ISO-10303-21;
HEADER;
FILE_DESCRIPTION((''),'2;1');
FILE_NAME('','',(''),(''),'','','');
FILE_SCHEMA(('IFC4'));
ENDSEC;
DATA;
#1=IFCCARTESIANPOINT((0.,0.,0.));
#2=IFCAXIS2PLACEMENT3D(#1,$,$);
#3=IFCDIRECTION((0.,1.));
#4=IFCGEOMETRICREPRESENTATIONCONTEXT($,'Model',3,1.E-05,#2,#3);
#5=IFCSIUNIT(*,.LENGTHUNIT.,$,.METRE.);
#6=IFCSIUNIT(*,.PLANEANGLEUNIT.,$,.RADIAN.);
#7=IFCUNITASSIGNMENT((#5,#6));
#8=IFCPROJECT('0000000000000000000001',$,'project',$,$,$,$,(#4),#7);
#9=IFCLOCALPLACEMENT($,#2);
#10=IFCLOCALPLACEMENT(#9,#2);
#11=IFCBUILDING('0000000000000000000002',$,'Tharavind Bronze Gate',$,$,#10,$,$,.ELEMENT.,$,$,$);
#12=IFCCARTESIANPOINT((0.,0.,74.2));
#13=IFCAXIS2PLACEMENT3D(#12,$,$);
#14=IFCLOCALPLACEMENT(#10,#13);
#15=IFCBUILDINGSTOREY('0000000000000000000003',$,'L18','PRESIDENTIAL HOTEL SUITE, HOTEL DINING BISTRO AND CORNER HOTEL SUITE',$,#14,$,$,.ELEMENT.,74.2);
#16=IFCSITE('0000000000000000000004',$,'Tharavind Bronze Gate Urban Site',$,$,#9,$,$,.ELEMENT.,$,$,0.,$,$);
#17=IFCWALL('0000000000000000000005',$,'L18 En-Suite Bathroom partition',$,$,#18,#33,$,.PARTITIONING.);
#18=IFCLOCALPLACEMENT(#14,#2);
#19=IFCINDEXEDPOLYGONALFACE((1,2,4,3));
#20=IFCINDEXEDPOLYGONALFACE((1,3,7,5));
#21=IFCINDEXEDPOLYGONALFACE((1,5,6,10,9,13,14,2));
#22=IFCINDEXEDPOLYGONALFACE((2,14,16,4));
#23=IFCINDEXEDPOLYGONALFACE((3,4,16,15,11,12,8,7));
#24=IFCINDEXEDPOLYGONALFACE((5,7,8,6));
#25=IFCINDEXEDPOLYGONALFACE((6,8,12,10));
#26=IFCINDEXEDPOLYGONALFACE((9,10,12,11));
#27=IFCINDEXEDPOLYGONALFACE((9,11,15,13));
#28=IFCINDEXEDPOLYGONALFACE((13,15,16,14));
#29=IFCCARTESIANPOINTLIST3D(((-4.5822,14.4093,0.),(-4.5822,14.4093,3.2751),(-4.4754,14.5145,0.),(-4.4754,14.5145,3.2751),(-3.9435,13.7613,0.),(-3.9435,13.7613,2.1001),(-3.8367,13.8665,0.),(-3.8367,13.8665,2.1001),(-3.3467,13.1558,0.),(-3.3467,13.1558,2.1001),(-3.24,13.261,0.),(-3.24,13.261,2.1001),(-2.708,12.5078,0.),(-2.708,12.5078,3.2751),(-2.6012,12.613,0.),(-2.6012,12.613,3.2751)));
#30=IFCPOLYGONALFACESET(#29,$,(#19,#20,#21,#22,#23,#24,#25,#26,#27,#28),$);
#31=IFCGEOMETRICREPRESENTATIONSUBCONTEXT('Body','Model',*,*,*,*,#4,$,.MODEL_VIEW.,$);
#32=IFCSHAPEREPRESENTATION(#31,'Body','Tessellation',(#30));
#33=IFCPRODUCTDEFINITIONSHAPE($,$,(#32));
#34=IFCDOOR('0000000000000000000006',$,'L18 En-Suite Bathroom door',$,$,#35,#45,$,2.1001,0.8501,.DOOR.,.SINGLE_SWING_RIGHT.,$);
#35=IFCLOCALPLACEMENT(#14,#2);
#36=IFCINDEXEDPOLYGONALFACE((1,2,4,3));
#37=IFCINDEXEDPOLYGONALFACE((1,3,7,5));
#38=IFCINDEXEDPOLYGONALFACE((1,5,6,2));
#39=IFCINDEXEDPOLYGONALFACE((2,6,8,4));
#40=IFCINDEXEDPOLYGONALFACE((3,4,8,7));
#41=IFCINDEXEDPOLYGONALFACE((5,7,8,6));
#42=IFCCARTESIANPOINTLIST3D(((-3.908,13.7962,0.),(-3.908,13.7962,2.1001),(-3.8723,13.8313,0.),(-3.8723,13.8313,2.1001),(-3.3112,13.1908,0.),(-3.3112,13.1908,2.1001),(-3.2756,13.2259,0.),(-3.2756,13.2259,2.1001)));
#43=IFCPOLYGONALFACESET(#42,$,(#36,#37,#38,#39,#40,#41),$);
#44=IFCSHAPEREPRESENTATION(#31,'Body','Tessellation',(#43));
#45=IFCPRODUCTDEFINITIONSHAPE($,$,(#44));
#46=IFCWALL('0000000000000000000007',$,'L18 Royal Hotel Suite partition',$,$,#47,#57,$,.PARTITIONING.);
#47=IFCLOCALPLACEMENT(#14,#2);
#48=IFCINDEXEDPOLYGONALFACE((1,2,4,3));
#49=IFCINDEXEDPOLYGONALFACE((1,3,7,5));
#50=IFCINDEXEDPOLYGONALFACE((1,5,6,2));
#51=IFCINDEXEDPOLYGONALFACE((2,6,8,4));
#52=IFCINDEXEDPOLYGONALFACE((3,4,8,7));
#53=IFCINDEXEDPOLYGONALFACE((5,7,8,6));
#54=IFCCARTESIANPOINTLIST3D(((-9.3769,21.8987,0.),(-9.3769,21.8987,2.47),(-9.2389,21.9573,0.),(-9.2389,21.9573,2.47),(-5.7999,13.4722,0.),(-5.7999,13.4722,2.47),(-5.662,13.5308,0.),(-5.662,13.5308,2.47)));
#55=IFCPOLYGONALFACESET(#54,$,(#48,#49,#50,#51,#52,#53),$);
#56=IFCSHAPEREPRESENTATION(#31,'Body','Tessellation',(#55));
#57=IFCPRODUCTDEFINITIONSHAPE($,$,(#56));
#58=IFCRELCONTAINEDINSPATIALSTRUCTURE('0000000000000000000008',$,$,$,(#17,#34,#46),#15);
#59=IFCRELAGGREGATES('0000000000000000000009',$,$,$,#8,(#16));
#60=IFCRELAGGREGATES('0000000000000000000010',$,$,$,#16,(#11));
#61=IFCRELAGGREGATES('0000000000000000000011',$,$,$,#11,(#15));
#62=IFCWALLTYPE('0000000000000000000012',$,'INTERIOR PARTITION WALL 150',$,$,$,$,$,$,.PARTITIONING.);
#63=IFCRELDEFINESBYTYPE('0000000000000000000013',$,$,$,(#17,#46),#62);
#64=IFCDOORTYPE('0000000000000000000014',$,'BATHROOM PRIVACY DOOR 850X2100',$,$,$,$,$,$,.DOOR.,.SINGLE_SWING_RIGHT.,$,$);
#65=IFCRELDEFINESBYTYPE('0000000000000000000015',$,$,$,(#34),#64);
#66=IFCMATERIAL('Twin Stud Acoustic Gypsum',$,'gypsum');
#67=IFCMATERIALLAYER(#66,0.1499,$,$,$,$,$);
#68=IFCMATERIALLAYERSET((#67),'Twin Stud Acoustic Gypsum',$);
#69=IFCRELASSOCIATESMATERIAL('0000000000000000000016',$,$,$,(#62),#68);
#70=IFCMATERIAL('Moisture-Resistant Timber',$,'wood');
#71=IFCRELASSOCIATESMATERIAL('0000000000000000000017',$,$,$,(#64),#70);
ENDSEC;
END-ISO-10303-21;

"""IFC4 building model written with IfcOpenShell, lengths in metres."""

from ifc_helpers import new_model, si_unit, direction, frame, frame_2d, origin, place, context, subcontext, project, spatial, rectangle, extrude, material, layer, layer_set, type_object, element, fill, save


model = new_model("IFC4")

# Units and contexts
model_context = context("Model", 3, precision=1e-05, world=origin(), true_north=direction((0.0, 1.0)))
body_context = subcontext(model_context, "Body", "Model", "MODEL_VIEW")
ifc_project = project(units=[si_unit("LENGTHUNIT", "METRE"), si_unit("PLANEANGLEUNIT", "RADIAN")], contexts=[model_context])

# Site, building, storey
site_placement = place(None, origin())
site = spatial("IfcSite", under=ifc_project, at=site_placement, Name="Tharavind Bronze Gate Urban Site", CompositionType="ELEMENT", RefElevation=0.0)
building_placement = place(site_placement, origin())
building = spatial("IfcBuilding", under=site, at=building_placement, Name="Tharavind Bronze Gate", CompositionType="ELEMENT")
storey_placement = place(building_placement, frame((0.0, 0.0, 74.2)))
storey = spatial("IfcBuildingStorey", under=building, at=storey_placement, Name="L18", Description="PRESIDENTIAL HOTEL SUITE, HOTEL DINING BISTRO AND CORNER HOTEL SUITE", CompositionType="ELEMENT", Elevation=74.2)

# Shared definitions
ifc_material_1 = material(Name="Twin Stud Acoustic Gypsum", Category="gypsum")
ifc_layer_1 = layer(ifc_material_1, 0.1499)
ifc_layer_set_1 = layer_set([ifc_layer_1], Name="Twin Stud Acoustic Gypsum")
wall_type_1 = type_object("IfcWallType", Name="INTERIOR PARTITION WALL 150", PredefinedType="PARTITIONING", material=ifc_layer_set_1)

# Wall, opening, door
wall_1_placement = place(storey_placement, frame((-4.5288, 14.4619, 0.0), z_axis=(0.0, 0.0, 1.0), x_axis=(0.701968, -0.712209, 0.0)))
wall_1 = element("IfcWall", 1, at=wall_1_placement, inside=storey, type_object=wall_type_1, Name="L18 En-Suite Bathroom partition", PredefinedType="PARTITIONING", context=body_context, shape_type="SweptSolid", body=[
    extrude(rectangle(XDim=2.6699, YDim=0.1499, at=frame_2d((1.335, 0.0))), origin(), (0.0, 0.0, 1.0), 3.2751),
])
opening_1_placement = place(wall_1_placement, frame((0.9099, 0.0, 0.0)))
opening_1 = element("IfcOpeningElement", 2, at=opening_1_placement, cuts=wall_1, PredefinedType="OPENING", context=body_context, shape_type="SweptSolid", body=[
    extrude(rectangle(XDim=0.8501, YDim=2.1001, at=frame_2d((0.425, 1.05))), frame((0.0, 0.085, 0.0), z_axis=(0.0, -1.0, 0.0), x_axis=(1.0, 0.0, 0.0)), (0.0, 0.0, 1.0), 0.1699),
])
ifc_material_2 = material(Name="Moisture-Resistant Timber", Category="wood")
door_type_1 = type_object("IfcDoorType", Name="BATHROOM PRIVACY DOOR 850X2100", OperationType="SINGLE_SWING_RIGHT", PredefinedType="DOOR", material=ifc_material_2)
door_1_placement = place(opening_1_placement, origin())
door_1 = element("IfcDoor", 3, at=door_1_placement, inside=storey, type_object=door_type_1, Name="L18 En-Suite Bathroom door", OperationType="SINGLE_SWING_RIGHT", OverallHeight=2.1001, OverallWidth=0.8501, PredefinedType="DOOR", context=body_context, shape_type="SweptSolid", body=[
    extrude(rectangle(XDim=0.8501, YDim=2.1001, at=frame_2d((0.425, 1.05))), frame((0.0, 0.0249, 0.0), z_axis=(0.0, -1.0, 0.0), x_axis=(1.0, 0.0, 0.0)), (0.0, 0.0, 1.0), 0.05),
])
fill(opening_1, door_1)

# Wall
wall_2_placement = place(storey_placement, frame((-5.731, 13.5015, 0.0), z_axis=(0.0, 0.0, 1.0), x_axis=(-0.390737, 0.920502, 0.0)))
element("IfcWall", 4, at=wall_2_placement, inside=storey, type_object=wall_type_1, Name="L18 Royal Hotel Suite partition", PredefinedType="PARTITIONING", context=body_context, shape_type="SweptSolid", body=[
    extrude(rectangle(XDim=9.1543, YDim=0.1499, at=frame_2d((4.5771, 0.0))), origin(), (0.0, 0.0, 1.0), 2.47),
])

save(model, "model.ifc")
